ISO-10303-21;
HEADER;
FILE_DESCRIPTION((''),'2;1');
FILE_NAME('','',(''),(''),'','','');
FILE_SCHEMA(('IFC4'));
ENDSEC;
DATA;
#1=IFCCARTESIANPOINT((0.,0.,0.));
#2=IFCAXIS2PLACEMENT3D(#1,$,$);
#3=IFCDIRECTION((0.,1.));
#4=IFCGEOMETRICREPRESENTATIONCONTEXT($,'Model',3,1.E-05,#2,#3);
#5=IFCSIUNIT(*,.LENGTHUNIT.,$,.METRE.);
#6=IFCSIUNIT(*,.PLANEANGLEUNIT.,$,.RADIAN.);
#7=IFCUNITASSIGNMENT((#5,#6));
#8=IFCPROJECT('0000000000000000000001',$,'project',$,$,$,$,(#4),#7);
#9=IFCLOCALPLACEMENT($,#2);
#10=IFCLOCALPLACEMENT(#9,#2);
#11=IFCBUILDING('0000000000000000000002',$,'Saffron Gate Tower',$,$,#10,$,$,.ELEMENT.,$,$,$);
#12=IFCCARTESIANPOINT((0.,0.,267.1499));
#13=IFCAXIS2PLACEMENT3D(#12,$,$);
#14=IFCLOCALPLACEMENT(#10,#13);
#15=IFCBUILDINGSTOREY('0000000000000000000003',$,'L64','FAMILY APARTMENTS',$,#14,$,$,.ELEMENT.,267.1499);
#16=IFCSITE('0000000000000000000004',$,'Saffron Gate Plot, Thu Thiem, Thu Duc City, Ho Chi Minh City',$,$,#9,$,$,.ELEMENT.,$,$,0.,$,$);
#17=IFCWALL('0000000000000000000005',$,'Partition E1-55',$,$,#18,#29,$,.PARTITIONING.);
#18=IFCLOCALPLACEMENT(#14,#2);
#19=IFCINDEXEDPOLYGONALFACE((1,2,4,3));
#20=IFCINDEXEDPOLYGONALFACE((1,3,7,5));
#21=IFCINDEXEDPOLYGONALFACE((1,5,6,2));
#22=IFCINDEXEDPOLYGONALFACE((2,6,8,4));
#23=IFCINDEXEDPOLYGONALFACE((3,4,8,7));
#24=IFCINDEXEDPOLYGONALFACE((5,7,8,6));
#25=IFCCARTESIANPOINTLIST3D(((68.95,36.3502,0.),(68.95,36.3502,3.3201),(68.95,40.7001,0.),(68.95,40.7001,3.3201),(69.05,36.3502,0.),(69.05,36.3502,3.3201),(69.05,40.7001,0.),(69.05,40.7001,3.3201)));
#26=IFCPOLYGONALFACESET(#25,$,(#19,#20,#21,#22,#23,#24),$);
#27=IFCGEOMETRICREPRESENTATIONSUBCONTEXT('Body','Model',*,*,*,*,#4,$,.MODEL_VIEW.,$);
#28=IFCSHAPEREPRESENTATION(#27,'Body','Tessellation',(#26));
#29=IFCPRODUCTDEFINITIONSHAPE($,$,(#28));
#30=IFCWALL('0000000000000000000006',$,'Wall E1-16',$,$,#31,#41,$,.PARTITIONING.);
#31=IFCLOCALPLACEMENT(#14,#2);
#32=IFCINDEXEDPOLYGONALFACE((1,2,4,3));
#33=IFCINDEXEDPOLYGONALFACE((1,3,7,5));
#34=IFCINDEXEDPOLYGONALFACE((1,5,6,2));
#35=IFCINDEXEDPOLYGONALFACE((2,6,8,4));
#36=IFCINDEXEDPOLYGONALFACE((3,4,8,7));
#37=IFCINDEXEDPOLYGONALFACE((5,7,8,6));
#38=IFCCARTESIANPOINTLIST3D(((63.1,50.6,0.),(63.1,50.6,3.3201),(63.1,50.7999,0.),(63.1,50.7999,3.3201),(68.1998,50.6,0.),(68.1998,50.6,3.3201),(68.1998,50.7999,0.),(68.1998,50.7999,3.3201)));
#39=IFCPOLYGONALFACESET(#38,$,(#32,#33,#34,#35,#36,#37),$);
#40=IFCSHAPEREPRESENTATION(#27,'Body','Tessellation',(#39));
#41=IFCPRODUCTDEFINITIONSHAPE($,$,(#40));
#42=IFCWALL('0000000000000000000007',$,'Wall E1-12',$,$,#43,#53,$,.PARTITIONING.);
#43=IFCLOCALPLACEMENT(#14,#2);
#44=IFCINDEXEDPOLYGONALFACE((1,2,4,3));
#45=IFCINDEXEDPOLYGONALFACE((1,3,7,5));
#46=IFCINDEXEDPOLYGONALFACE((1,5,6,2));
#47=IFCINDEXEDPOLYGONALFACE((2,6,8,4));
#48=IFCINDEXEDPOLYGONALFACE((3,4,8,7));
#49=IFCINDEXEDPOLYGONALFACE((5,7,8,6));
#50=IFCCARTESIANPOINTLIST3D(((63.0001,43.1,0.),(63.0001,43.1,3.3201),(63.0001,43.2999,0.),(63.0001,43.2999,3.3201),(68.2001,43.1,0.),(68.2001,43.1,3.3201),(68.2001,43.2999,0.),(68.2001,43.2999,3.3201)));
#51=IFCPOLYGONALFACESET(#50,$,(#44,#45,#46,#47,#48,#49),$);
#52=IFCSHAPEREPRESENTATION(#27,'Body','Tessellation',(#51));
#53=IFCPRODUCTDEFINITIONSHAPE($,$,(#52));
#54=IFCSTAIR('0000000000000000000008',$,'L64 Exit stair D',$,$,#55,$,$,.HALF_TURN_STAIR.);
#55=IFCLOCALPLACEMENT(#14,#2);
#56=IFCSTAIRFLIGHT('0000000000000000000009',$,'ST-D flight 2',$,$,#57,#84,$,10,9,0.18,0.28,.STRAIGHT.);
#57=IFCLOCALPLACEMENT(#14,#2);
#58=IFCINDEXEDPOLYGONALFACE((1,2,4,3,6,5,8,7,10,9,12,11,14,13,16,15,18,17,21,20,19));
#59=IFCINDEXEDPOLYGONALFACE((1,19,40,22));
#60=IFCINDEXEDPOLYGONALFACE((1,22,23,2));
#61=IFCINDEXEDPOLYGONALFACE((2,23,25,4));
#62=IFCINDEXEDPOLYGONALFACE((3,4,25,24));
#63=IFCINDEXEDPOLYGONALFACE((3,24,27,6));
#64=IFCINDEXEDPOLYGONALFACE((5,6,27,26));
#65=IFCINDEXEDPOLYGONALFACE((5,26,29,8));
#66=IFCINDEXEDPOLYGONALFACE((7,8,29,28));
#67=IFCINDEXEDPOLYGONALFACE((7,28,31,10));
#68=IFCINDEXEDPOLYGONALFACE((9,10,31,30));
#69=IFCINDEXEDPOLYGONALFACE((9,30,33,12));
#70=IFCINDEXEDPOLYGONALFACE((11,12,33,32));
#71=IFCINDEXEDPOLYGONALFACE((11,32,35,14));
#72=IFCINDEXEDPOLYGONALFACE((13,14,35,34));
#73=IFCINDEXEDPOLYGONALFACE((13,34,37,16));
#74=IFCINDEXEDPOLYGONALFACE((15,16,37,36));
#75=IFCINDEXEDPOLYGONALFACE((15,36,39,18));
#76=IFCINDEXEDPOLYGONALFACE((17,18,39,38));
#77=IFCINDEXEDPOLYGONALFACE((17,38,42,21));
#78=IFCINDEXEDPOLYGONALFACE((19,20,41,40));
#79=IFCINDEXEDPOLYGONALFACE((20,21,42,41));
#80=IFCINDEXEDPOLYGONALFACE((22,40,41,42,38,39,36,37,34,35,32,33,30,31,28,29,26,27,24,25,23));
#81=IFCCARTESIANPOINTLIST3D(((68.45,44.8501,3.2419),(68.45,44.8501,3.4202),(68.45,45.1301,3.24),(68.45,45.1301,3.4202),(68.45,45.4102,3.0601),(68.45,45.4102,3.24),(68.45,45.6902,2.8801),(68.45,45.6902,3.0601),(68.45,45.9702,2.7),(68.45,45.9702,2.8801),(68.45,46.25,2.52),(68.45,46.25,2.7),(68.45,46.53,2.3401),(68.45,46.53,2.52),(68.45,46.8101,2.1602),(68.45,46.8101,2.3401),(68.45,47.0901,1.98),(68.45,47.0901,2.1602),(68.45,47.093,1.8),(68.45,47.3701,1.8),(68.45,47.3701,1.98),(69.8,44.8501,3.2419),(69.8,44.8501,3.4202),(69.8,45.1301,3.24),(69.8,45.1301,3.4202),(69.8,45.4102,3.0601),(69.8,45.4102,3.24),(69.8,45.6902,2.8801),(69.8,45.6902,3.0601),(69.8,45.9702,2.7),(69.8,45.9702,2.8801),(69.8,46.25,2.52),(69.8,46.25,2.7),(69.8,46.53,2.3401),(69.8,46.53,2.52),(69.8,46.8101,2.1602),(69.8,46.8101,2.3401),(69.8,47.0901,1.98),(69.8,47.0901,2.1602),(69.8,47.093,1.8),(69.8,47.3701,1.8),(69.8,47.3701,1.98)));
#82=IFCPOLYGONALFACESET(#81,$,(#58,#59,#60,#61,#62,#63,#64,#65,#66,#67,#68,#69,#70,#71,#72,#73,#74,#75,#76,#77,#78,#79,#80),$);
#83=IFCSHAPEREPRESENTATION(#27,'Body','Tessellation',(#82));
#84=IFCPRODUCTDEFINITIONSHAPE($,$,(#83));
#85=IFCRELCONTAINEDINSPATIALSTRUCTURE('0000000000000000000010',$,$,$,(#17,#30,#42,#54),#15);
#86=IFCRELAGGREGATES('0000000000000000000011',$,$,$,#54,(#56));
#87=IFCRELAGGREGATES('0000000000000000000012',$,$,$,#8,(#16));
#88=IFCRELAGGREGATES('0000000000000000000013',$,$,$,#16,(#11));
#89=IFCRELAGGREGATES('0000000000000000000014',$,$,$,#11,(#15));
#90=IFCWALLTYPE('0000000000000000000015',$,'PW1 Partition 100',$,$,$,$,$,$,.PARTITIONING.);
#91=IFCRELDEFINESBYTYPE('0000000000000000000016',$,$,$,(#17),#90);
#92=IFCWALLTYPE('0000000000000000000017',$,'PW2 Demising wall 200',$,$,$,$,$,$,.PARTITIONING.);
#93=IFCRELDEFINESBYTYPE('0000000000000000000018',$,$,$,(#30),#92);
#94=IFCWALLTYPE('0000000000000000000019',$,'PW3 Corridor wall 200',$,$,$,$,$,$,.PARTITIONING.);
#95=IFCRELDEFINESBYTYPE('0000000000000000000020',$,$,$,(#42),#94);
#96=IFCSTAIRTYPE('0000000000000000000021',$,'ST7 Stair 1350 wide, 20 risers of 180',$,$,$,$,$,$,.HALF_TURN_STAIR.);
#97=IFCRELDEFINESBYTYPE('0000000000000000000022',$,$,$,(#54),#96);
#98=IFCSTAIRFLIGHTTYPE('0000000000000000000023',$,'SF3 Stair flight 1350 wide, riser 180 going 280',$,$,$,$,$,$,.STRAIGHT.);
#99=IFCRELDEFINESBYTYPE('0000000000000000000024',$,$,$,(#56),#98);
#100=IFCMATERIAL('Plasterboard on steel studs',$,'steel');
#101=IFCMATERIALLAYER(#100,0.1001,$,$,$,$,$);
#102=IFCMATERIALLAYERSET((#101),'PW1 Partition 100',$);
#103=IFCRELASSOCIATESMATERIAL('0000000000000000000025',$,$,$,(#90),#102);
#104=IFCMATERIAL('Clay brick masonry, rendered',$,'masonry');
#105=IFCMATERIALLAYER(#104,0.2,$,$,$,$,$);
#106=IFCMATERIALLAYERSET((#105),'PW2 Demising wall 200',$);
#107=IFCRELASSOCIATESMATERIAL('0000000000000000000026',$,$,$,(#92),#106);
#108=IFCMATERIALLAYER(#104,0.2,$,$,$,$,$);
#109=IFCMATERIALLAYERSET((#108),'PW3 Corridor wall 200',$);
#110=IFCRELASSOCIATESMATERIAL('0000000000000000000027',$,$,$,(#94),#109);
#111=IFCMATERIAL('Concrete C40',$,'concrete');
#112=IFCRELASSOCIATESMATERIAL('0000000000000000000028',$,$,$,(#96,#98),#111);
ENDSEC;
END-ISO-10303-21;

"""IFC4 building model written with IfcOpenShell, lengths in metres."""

from ifc_helpers import new_model, si_unit, direction, frame, frame_2d, origin, place, context, subcontext, project, spatial, polyline, rectangle, outline, extrude, material, layer, layer_set, type_object, element, aggregate, save


model = new_model("IFC4")

# Units and contexts
model_context = context("Model", 3, precision=1e-05, world=origin(), true_north=direction((0.0, 1.0)))
body_context = subcontext(model_context, "Body", "Model", "MODEL_VIEW")
ifc_project = project(units=[si_unit("LENGTHUNIT", "METRE"), si_unit("PLANEANGLEUNIT", "RADIAN")], contexts=[model_context])

# Site, building, storey
site_placement = place(None, origin())
site = spatial("IfcSite", under=ifc_project, at=site_placement, Name="Saffron Gate Plot, Thu Thiem, Thu Duc City, Ho Chi Minh City", CompositionType="ELEMENT", RefElevation=0.0)
building_placement = place(site_placement, origin())
building = spatial("IfcBuilding", under=site, at=building_placement, Name="Saffron Gate Tower", CompositionType="ELEMENT")
storey_placement = place(building_placement, frame((0.0, 0.0, 267.1499)))
storey = spatial("IfcBuildingStorey", under=building, at=storey_placement, Name="L64", Description="FAMILY APARTMENTS", CompositionType="ELEMENT", Elevation=267.1499)

# Shared definitions
ifc_material_1 = material(Name="Concrete C40", Category="concrete")

# Shared definitions
ifc_material_2 = material(Name="Plasterboard on steel studs", Category="steel")
ifc_layer_1 = layer(ifc_material_2, 0.1001)
ifc_layer_set_1 = layer_set([ifc_layer_1], Name="PW1 Partition 100")
wall_type_1 = type_object("IfcWallType", Name="PW1 Partition 100", PredefinedType="PARTITIONING", material=ifc_layer_set_1)

# Walls
wall_1_placement = place(storey_placement, frame((69.0, 40.7, 0.0), z_axis=(0.0, 0.0, 1.0), x_axis=(0.0, -1.0, 0.0)))
element("IfcWall", 1, at=wall_1_placement, inside=storey, type_object=wall_type_1, Name="Partition E1-55", PredefinedType="PARTITIONING", context=body_context, shape_type="SweptSolid", body=[
    extrude(rectangle(XDim=4.3499, YDim=0.1001, at=frame_2d((2.1748, 0.0))), origin(), (0.0, 0.0, 1.0), 3.3201),
])
ifc_material_3 = material(Name="Clay brick masonry, rendered", Category="masonry")
ifc_layer_2 = layer(ifc_material_3, 0.2)
ifc_layer_set_2 = layer_set([ifc_layer_2], Name="PW2 Demising wall 200")
wall_type_2 = type_object("IfcWallType", Name="PW2 Demising wall 200", PredefinedType="PARTITIONING", material=ifc_layer_set_2)
wall_2_placement = place(storey_placement, frame((63.1001, 50.7, 0.0), z_axis=(0.0, 0.0, 1.0), x_axis=(1.0, 0.0, 0.0)))
element("IfcWall", 2, at=wall_2_placement, inside=storey, type_object=wall_type_2, Name="Wall E1-16", PredefinedType="PARTITIONING", context=body_context, shape_type="SweptSolid", body=[
    extrude(rectangle(XDim=5.0999, YDim=0.2, at=frame_2d((2.5498, 0.0))), origin(), (0.0, 0.0, 1.0), 3.3201),
])
ifc_layer_3 = layer(ifc_material_3, 0.2)
ifc_layer_set_3 = layer_set([ifc_layer_3], Name="PW3 Corridor wall 200")
wall_type_3 = type_object("IfcWallType", Name="PW3 Corridor wall 200", PredefinedType="PARTITIONING", material=ifc_layer_set_3)
wall_3_placement = place(storey_placement, frame((63.0, 43.2, 0.0), z_axis=(0.0, 0.0, 1.0), x_axis=(1.0, 0.0, 0.0)))
element("IfcWall", 3, at=wall_3_placement, inside=storey, type_object=wall_type_3, Name="Wall E1-12", PredefinedType="PARTITIONING", context=body_context, shape_type="SweptSolid", body=[
    extrude(rectangle(XDim=5.2, YDim=0.2, at=frame_2d((2.6001, 0.0))), origin(), (0.0, 0.0, 1.0), 3.3201),
])

# Stair, stair flight
stair_type = type_object("IfcStairType", Name="ST7 Stair 1350 wide, 20 risers of 180", PredefinedType="HALF_TURN_STAIR", material=ifc_material_1)
stair_placement = place(storey_placement, origin())
stair = element("IfcStair", 4, at=stair_placement, inside=storey, type_object=stair_type, Name="L64 Exit stair D", PredefinedType="HALF_TURN_STAIR")
stair_flight_type = type_object("IfcStairFlightType", Name="SF3 Stair flight 1350 wide, riser 180 going 280", PredefinedType="STRAIGHT", material=ifc_material_1)
stair_flight_placement = place(storey_placement, frame((69.125, 47.3701, 1.8), z_axis=(0.0, 0.0, 1.0), x_axis=(0.0, -1.0, 0.0)))
stair_flight = element("IfcStairFlight", 5, at=stair_flight_placement, type_object=stair_flight_type, Name="ST-D flight 2", NumberOfRisers=10, NumberOfTreads=9, PredefinedType="STRAIGHT", RiserHeight=0.18, TreadLength=0.28, context=body_context, shape_type="SweptSolid", body=[
    extrude(outline(polyline([(0.0, 0.0), (0.0, 0.1799), (0.28, 0.1799), (0.28, 0.3601), (0.5601, 0.3601), (0.5601, 0.54), (0.8401, 0.54), (0.8401, 0.72), (1.1201, 0.72), (1.1201, 0.8999), (1.3999, 0.8999), (1.3999, 1.0801), (1.6799, 1.0801), (1.6799, 1.26), (1.96, 1.26), (1.96, 1.4399), (2.24, 1.4399), (2.24, 1.6201), (2.52, 1.6201), (2.52, 1.8), (2.52, 1.4419), (0.2771, 0.0), (0.0, 0.0)])), frame((0.0, 0.675, 0.0), z_axis=(0.0, -1.0, 0.0), x_axis=(1.0, 0.0, 0.0)), (0.0, 0.0, 1.0), 1.3501),
])
aggregate(stair, [stair_flight])

save(model, "model.ifc")
